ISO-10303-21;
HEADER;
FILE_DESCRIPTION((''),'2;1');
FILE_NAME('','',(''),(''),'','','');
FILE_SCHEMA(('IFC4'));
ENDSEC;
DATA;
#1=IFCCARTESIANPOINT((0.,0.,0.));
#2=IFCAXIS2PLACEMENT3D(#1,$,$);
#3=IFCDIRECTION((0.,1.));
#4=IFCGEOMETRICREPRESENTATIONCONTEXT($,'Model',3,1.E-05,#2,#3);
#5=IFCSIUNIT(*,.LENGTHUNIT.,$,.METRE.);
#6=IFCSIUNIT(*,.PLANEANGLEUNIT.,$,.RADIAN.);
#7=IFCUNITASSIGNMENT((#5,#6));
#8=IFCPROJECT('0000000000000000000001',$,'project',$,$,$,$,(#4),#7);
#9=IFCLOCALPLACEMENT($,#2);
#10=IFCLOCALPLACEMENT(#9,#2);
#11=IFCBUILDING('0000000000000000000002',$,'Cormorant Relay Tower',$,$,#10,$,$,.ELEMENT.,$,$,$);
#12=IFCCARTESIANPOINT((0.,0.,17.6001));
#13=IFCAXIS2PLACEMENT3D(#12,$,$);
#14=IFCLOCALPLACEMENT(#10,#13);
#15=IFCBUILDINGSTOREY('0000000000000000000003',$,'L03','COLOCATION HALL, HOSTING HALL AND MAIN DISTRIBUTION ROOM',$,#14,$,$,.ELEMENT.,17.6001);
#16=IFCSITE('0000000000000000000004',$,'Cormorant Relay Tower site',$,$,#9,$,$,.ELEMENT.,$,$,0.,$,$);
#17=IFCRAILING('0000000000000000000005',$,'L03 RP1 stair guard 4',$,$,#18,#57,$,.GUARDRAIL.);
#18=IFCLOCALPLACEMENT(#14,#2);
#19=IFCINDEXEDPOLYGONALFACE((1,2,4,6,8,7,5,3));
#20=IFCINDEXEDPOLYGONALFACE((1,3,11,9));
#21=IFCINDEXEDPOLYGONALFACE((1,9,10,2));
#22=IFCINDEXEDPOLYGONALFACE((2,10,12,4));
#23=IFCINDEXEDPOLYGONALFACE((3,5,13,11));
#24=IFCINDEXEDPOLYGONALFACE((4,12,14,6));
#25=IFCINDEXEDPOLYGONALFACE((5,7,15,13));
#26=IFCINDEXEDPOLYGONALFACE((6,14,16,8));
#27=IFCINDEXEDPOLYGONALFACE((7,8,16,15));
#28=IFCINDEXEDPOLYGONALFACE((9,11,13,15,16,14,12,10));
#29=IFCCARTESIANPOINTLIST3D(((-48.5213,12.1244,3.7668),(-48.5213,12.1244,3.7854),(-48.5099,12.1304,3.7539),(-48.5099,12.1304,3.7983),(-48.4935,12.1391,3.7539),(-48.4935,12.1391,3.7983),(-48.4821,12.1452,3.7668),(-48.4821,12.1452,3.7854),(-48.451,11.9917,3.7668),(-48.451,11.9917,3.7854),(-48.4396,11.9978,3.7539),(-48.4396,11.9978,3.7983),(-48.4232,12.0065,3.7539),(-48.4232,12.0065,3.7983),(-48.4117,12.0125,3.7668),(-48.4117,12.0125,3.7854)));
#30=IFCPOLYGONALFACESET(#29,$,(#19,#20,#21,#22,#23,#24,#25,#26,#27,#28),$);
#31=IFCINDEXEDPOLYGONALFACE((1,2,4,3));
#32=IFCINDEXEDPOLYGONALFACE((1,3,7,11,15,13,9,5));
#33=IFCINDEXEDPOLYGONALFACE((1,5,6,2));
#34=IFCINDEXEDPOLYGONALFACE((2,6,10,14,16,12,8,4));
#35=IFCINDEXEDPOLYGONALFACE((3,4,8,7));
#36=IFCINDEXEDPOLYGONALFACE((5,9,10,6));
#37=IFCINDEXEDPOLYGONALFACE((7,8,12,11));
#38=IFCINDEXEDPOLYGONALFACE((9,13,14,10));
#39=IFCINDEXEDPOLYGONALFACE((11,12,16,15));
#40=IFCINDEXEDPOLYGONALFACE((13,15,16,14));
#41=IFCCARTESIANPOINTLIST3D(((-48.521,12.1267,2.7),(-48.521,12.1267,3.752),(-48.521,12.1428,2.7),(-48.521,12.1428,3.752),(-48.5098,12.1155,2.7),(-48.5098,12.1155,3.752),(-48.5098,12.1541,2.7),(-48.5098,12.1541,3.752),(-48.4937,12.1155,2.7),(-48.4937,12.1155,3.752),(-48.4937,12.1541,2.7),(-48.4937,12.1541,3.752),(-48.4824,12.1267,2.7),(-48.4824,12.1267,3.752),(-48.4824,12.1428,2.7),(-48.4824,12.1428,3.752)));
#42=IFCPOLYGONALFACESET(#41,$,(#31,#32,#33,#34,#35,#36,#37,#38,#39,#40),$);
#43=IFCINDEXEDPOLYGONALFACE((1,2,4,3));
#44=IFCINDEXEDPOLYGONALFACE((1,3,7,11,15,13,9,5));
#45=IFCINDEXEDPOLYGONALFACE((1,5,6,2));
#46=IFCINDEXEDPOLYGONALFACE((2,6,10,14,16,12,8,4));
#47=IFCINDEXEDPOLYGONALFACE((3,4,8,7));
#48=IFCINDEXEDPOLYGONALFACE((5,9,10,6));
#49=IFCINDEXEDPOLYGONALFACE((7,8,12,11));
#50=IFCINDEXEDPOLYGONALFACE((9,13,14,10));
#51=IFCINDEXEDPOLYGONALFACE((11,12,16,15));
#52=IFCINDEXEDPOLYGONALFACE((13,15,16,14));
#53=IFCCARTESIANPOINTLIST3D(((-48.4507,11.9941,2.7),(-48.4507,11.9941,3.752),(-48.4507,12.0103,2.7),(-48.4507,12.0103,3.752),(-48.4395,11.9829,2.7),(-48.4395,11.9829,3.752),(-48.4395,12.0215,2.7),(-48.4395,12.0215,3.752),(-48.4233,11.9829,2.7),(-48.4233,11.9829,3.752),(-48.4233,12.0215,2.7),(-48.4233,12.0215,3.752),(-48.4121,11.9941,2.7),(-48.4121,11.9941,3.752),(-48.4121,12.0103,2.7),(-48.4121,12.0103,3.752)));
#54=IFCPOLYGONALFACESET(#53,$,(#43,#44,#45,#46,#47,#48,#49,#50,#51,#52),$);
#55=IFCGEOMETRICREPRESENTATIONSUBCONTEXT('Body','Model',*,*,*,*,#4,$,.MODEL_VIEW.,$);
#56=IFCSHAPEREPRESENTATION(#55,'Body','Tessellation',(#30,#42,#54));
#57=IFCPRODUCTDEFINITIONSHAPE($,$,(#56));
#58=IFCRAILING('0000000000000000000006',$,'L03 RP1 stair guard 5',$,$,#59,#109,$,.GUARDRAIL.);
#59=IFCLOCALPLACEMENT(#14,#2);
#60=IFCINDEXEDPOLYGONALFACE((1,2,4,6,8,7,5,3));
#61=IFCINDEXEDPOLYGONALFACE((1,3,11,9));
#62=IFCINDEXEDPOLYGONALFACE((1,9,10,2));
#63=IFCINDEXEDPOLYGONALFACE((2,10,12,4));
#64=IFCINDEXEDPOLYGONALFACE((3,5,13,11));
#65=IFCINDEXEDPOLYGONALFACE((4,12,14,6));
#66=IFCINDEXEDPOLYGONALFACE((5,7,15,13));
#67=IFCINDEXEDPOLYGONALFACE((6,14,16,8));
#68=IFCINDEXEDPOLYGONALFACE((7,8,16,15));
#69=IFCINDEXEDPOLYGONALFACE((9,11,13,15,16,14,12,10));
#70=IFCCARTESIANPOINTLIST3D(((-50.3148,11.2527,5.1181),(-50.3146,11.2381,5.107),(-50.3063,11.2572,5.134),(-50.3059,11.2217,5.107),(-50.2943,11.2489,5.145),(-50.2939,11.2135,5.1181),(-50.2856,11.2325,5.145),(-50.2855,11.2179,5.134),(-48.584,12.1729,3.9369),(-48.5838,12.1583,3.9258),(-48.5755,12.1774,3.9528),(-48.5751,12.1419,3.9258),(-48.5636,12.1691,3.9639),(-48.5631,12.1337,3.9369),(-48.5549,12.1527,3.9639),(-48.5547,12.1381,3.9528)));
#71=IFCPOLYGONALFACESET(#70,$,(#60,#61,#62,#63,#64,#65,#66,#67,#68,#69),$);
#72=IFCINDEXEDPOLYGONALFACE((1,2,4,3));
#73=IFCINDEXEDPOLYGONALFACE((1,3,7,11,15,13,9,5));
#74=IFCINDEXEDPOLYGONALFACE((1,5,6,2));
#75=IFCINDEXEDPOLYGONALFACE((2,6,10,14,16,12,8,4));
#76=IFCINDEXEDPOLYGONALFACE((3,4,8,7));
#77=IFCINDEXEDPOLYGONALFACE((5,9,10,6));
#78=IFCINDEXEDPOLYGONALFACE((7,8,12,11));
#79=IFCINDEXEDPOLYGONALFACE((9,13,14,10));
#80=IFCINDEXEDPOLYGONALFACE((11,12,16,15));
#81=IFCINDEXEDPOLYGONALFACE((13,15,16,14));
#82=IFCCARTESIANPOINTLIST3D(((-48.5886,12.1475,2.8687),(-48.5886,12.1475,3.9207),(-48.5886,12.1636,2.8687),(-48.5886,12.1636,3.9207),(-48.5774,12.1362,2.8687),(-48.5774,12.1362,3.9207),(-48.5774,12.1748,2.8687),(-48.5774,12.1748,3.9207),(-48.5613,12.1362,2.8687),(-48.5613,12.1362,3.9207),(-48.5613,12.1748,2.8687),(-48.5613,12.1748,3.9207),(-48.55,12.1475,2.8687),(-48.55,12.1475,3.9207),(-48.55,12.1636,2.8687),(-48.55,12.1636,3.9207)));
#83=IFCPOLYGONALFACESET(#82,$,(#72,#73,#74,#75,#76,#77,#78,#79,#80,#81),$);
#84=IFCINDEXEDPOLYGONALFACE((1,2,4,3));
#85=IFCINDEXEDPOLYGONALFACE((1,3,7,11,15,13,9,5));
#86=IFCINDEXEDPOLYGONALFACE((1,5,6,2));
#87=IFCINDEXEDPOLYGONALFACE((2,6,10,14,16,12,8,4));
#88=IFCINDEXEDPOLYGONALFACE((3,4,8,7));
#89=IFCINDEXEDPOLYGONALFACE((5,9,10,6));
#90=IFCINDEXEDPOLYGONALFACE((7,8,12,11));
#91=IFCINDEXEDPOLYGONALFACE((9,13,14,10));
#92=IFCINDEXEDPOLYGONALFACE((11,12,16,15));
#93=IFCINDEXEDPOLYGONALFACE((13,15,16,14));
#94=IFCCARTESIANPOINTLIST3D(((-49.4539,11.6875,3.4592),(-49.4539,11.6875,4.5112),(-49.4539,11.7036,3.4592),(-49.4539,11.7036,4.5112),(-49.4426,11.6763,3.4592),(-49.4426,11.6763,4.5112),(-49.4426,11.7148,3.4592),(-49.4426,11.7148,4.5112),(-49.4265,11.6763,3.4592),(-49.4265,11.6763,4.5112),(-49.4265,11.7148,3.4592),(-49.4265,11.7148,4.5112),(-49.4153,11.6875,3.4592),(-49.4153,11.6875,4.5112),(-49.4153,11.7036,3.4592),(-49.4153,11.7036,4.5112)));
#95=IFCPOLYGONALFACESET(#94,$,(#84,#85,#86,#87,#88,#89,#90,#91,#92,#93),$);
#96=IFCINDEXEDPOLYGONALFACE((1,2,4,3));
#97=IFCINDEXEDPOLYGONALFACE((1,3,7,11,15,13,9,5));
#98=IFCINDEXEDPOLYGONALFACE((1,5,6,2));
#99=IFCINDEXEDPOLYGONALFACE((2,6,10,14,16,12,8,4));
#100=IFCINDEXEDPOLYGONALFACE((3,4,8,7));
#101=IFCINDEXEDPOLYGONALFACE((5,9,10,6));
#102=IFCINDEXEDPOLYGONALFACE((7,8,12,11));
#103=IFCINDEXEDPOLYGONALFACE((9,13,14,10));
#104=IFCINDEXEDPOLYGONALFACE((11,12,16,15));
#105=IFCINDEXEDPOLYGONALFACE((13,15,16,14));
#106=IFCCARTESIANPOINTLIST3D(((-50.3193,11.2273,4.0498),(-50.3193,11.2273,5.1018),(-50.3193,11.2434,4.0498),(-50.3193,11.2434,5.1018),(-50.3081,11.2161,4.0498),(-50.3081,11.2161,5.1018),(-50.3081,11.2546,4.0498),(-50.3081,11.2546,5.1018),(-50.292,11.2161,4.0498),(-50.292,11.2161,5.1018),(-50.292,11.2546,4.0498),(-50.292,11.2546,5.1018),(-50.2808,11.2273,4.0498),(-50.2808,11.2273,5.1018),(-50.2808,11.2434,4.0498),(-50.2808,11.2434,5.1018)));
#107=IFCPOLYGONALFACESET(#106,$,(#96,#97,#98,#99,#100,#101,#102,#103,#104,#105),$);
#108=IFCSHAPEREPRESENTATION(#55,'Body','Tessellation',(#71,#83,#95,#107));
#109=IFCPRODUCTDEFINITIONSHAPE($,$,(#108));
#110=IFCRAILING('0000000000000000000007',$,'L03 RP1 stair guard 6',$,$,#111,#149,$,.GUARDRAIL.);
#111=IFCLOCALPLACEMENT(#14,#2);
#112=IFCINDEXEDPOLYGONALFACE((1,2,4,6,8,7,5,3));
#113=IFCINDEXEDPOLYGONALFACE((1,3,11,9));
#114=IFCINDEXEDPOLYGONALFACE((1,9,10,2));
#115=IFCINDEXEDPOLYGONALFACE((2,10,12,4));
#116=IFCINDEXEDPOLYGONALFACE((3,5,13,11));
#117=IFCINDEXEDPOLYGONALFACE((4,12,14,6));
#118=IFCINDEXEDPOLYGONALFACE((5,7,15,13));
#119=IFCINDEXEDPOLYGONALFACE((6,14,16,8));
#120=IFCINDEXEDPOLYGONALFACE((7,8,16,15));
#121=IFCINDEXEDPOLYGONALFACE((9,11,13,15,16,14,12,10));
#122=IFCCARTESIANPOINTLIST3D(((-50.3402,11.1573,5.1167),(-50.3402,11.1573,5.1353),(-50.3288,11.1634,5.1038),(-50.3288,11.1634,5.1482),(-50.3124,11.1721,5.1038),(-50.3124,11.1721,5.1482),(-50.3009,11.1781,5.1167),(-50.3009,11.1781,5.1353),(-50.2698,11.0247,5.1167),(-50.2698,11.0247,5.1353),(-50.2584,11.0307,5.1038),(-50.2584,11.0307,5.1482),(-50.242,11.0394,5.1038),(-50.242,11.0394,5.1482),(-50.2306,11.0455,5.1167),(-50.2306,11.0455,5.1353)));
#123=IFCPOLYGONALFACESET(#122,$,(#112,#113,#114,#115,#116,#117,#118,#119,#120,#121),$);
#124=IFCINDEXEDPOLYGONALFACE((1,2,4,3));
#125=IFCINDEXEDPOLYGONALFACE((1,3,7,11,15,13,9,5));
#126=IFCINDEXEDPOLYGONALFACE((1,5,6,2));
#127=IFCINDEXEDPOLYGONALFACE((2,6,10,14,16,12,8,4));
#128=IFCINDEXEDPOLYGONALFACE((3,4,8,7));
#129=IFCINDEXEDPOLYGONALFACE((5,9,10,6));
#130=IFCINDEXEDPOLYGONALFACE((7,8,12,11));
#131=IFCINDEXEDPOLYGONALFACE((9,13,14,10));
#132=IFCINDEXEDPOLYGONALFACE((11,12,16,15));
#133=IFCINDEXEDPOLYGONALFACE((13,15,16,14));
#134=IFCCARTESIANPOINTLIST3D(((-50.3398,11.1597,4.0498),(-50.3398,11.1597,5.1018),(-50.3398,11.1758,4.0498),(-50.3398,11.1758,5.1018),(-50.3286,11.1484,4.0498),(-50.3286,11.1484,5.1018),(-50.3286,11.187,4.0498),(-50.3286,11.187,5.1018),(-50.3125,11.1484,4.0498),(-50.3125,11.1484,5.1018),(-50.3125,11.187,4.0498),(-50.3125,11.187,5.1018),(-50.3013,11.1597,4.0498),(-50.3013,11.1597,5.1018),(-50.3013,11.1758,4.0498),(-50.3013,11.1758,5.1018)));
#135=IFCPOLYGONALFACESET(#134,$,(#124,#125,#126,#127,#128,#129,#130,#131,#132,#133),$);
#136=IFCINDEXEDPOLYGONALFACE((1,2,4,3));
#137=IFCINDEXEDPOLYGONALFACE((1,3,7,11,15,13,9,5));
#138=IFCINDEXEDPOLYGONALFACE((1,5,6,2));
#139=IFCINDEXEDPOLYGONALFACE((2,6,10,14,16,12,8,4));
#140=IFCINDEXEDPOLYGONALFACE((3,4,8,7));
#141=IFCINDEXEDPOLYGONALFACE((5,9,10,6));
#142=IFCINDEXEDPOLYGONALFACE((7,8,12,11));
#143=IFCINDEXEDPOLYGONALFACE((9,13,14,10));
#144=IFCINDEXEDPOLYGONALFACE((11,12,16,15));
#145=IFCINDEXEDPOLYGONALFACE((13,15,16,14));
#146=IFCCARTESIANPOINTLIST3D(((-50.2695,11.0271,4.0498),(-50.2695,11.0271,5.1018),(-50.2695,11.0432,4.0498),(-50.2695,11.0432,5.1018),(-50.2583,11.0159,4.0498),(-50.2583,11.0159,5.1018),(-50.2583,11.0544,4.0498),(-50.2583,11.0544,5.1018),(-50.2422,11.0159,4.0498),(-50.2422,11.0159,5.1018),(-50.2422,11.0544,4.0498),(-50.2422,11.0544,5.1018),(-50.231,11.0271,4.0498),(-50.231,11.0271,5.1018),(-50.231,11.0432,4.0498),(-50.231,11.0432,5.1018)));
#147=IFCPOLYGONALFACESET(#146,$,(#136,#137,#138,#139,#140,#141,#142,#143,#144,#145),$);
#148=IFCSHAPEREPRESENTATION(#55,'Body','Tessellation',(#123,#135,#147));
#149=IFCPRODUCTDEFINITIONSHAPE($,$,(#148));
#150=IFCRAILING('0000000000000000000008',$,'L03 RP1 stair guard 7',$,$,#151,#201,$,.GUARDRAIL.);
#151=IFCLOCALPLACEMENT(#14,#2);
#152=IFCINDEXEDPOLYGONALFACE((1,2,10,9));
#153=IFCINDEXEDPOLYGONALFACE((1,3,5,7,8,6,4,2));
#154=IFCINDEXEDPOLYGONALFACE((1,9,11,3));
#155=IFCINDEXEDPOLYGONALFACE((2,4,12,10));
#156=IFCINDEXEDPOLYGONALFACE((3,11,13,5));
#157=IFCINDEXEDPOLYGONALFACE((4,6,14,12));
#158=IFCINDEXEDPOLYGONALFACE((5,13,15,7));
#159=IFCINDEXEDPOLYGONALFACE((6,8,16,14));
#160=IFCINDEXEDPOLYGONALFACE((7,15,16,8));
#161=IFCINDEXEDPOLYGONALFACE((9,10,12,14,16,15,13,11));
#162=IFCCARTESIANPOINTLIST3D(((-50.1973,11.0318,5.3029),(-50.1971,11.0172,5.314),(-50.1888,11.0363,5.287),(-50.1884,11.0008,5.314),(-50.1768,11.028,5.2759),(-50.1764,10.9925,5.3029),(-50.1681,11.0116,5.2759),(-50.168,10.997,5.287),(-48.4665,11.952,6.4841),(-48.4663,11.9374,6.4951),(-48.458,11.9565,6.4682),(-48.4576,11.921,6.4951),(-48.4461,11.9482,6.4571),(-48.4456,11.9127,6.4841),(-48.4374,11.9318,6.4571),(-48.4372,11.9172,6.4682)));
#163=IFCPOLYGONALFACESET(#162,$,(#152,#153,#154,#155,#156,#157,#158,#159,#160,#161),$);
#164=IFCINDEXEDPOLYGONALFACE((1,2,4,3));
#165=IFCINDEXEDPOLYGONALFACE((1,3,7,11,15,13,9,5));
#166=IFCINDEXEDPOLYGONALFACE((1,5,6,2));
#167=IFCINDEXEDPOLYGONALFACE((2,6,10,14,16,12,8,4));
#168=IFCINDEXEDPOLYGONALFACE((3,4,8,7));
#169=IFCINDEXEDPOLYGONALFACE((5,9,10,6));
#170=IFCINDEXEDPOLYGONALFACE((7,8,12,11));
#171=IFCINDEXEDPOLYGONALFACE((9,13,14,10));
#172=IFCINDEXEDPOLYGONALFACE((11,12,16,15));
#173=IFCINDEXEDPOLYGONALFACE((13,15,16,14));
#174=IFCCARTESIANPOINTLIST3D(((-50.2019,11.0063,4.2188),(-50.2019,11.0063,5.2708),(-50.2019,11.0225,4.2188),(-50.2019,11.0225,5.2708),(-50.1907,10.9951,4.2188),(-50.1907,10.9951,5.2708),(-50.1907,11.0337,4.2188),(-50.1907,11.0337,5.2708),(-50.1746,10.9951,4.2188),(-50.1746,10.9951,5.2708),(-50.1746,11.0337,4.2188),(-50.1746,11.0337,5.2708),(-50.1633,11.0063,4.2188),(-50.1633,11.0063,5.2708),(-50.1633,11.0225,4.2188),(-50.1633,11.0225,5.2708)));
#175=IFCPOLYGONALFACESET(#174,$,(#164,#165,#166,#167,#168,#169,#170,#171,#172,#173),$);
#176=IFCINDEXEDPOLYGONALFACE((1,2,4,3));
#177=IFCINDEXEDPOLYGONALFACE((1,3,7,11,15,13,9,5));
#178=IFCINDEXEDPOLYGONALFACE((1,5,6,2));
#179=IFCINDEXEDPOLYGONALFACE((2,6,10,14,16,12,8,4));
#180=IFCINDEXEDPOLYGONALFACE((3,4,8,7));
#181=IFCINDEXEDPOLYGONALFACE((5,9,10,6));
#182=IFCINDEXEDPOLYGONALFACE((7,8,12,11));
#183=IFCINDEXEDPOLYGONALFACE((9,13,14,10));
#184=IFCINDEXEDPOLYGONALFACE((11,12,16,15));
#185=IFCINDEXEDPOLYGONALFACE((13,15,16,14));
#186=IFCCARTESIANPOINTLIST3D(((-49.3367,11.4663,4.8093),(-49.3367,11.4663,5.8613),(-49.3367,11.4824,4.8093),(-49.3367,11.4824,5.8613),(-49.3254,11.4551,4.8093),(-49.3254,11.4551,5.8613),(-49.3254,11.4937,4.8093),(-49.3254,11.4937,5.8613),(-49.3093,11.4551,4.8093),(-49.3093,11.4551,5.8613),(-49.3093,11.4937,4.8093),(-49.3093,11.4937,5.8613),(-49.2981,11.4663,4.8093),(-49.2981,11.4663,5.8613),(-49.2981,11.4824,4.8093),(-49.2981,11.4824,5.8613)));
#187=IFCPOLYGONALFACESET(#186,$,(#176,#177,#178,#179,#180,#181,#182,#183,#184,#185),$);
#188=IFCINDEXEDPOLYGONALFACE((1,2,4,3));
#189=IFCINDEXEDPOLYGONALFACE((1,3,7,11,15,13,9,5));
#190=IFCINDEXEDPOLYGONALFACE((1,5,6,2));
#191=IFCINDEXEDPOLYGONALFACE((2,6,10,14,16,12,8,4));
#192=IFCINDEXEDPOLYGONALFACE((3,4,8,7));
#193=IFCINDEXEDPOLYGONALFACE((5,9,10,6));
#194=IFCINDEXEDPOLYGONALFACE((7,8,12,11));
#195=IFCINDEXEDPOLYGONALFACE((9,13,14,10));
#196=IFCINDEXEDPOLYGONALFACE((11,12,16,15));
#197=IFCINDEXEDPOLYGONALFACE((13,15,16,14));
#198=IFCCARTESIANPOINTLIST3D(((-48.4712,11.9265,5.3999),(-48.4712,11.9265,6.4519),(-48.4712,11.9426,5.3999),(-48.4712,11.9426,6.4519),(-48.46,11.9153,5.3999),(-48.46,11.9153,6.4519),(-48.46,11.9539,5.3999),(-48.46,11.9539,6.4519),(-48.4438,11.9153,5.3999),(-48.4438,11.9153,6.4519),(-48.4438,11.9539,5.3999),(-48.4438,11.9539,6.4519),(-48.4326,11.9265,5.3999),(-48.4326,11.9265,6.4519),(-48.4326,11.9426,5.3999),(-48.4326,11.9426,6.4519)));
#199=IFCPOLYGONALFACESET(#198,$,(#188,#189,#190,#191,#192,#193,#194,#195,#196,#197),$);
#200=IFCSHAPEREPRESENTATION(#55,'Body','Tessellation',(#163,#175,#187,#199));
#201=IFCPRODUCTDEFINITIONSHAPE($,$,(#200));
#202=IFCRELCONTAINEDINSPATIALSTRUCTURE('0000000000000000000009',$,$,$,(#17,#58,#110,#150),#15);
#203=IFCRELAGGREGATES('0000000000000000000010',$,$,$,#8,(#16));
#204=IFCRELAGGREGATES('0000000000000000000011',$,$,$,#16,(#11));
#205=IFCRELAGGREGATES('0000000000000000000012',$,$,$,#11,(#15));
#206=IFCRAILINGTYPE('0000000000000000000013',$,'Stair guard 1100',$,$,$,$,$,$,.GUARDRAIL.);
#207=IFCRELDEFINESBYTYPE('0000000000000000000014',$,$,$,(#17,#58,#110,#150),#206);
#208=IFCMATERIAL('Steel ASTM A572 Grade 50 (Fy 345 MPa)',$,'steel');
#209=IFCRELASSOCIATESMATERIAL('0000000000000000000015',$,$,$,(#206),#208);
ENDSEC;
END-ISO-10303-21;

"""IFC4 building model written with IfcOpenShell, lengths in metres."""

from ifc_helpers import new_model, si_unit, direction, frame, origin, place, context, subcontext, project, spatial, polyline, outline, extrude, material, type_object, element, save


model = new_model("IFC4")

# Units and contexts
model_context = context("Model", 3, precision=1e-05, world=origin(), true_north=direction((0.0, 1.0)))
body_context = subcontext(model_context, "Body", "Model", "MODEL_VIEW")
ifc_project = project(units=[si_unit("LENGTHUNIT", "METRE"), si_unit("PLANEANGLEUNIT", "RADIAN")], contexts=[model_context])

# Site, building, storey
site_placement = place(None, origin())
site = spatial("IfcSite", under=ifc_project, at=site_placement, Name="Cormorant Relay Tower site", CompositionType="ELEMENT", RefElevation=0.0)
building_placement = place(site_placement, origin())
building = spatial("IfcBuilding", under=site, at=building_placement, Name="Cormorant Relay Tower", CompositionType="ELEMENT")
storey_placement = place(building_placement, frame((0.0, 0.0, 17.6001)))
storey = spatial("IfcBuildingStorey", under=building, at=storey_placement, Name="L03", Description="COLOCATION HALL, HOSTING HALL AND MAIN DISTRIBUTION ROOM", CompositionType="ELEMENT", Elevation=17.6001)

# Railings
ifc_material_1 = material(Name="Steel ASTM A572 Grade 50 (Fy 345 MPa)", Category="steel")
railing_type_1 = type_object("IfcRailingType", Name="Stair guard 1100", PredefinedType="GUARDRAIL", material=ifc_material_1)
railing_1_placement = place(storey_placement, frame((-48.5017, 12.1348, 2.7)))
element("IfcRailing", 1, at=railing_1_placement, inside=storey, type_object=railing_type_1, Name="L03 RP1 stair guard 4", PredefinedType="GUARDRAIL", context=body_context, shape_type="SweptSolid", body=[
    extrude(outline(polyline([(0.0222, 0.0093), (0.0093, 0.0222), (-0.0093, 0.0222), (-0.0222, 0.0093), (-0.0222, -0.0093), (-0.0093, -0.0222), (0.0093, -0.0222), (0.0222, -0.0093), (0.0222, 0.0093)])), frame((0.0, 0.0, 1.0762), z_axis=(0.46856, -0.883431, 0.0), x_axis=(0.883431, 0.46856, 0.0)), (0.0, 0.0, 1.0), 0.1501),
    extrude(outline(polyline([(0.0193, 0.0081), (0.0081, 0.0193), (-0.0081, 0.0193), (-0.0193, 0.0081), (-0.0193, -0.0081), (-0.0081, -0.0193), (0.0081, -0.0193), (0.0193, -0.0081), (0.0193, 0.0081)])), origin(), (0.0, 0.0, 1.0), 1.052),
    extrude(outline(polyline([(0.0193, 0.0081), (0.0081, 0.0193), (-0.0081, 0.0193), (-0.0193, 0.0081), (-0.0193, -0.0081), (-0.0081, -0.0193), (0.0081, -0.0193), (0.0193, -0.0081), (0.0193, 0.0081)])), frame((0.0703, -0.1326, 0.0)), (0.0, 0.0, 1.0), 1.052),
])
railing_2_placement = place(storey_placement, frame((-48.5693, 12.1555, 2.8687)))
element("IfcRailing", 2, at=railing_2_placement, inside=storey, type_object=railing_type_1, Name="L03 RP1 stair guard 5", PredefinedType="GUARDRAIL", context=body_context, shape_type="SweptSolid", body=[
    extrude(outline(polyline([(0.0222, 0.0093), (0.0093, 0.0222), (-0.0093, 0.0222), (-0.0222, 0.0093), (-0.0222, -0.0093), (-0.0093, -0.0222), (0.0093, -0.0222), (0.0222, -0.0093), (0.0222, 0.0093)])), frame((0.0, 0.0, 1.0762), z_axis=(-0.756268, -0.402084, 0.516127), x_axis=(0.469444, -0.882962, 0.0)), (0.0, 0.0, 1.0), 2.2886),
    extrude(outline(polyline([(0.0193, 0.0081), (0.0081, 0.0193), (-0.0081, 0.0193), (-0.0193, 0.0081), (-0.0193, -0.0081), (-0.0081, -0.0193), (0.0081, -0.0193), (0.0193, -0.0081), (0.0193, 0.0081)])), origin(), (0.0, 0.0, 1.0), 1.052),
    extrude(outline(polyline([(0.0193, 0.0081), (0.0081, 0.0193), (-0.0081, 0.0193), (-0.0193, 0.0081), (-0.0193, -0.0081), (-0.0081, -0.0193), (0.0081, -0.0193), (0.0193, -0.0081), (0.0193, 0.0081)])), frame((-0.8652, -0.46, 0.5906)), (0.0, 0.0, 1.0), 1.052),
    extrude(outline(polyline([(0.0193, 0.0081), (0.0081, 0.0193), (-0.0081, 0.0193), (-0.0193, 0.0081), (-0.0193, -0.0081), (-0.0081, -0.0193), (0.0081, -0.0193), (0.0193, -0.0081), (0.0193, 0.0081)])), frame((-1.7307, -0.9202, 1.1812)), (0.0, 0.0, 1.0), 1.052),
])
railing_3_placement = place(storey_placement, frame((-50.3206, 11.1677, 4.0498)))
element("IfcRailing", 3, at=railing_3_placement, inside=storey, type_object=railing_type_1, Name="L03 RP1 stair guard 6", PredefinedType="GUARDRAIL", context=body_context, shape_type="SweptSolid", body=[
    extrude(outline(polyline([(0.0222, 0.0093), (0.0093, 0.0222), (-0.0093, 0.0222), (-0.0222, 0.0093), (-0.0222, -0.0093), (-0.0093, -0.0222), (0.0093, -0.0222), (0.0222, -0.0093), (0.0222, 0.0093)])), frame((0.0, 0.0, 1.0762), z_axis=(0.46856, -0.883431, 0.0), x_axis=(0.883431, 0.46856, 0.0)), (0.0, 0.0, 1.0), 0.1501),
    extrude(outline(polyline([(0.0193, 0.0081), (0.0081, 0.0193), (-0.0081, 0.0193), (-0.0193, 0.0081), (-0.0193, -0.0081), (-0.0081, -0.0193), (0.0081, -0.0193), (0.0193, -0.0081), (0.0193, 0.0081)])), origin(), (0.0, 0.0, 1.0), 1.052),
    extrude(outline(polyline([(0.0193, 0.0081), (0.0081, 0.0193), (-0.0081, 0.0193), (-0.0193, 0.0081), (-0.0193, -0.0081), (-0.0081, -0.0193), (0.0081, -0.0193), (0.0193, -0.0081), (0.0193, 0.0081)])), frame((0.0703, -0.1326, 0.0)), (0.0, 0.0, 1.0), 1.052),
])
railing_4_placement = place(storey_placement, frame((-50.1826, 11.0144, 4.2188)))
element("IfcRailing", 4, at=railing_4_placement, inside=storey, type_object=railing_type_1, Name="L03 RP1 stair guard 7", PredefinedType="GUARDRAIL", context=body_context, shape_type="SweptSolid", body=[
    extrude(outline(polyline([(0.0222, 0.0093), (0.0093, 0.0222), (-0.0093, 0.0222), (-0.0222, 0.0093), (-0.0222, -0.0093), (-0.0093, -0.0222), (0.0093, -0.0222), (0.0222, -0.0093), (0.0222, 0.0093)])), frame((0.0, 0.0, 1.0762), z_axis=(0.756268, 0.402084, 0.516127), x_axis=(-0.469444, 0.882962, 0.0)), (0.0, 0.0, 1.0), 2.2886),
    extrude(outline(polyline([(0.0193, 0.0081), (0.0081, 0.0193), (-0.0081, 0.0193), (-0.0193, 0.0081), (-0.0193, -0.0081), (-0.0081, -0.0193), (0.0081, -0.0193), (0.0193, -0.0081), (0.0193, 0.0081)])), origin(), (0.0, 0.0, 1.0), 1.052),
    extrude(outline(polyline([(0.0193, 0.0081), (0.0081, 0.0193), (-0.0081, 0.0193), (-0.0193, 0.0081), (-0.0193, -0.0081), (-0.0081, -0.0193), (0.0081, -0.0193), (0.0193, -0.0081), (0.0193, 0.0081)])), frame((0.8652, 0.46, 0.5906)), (0.0, 0.0, 1.0), 1.052),
    extrude(outline(polyline([(0.0193, 0.0081), (0.0081, 0.0193), (-0.0081, 0.0193), (-0.0193, 0.0081), (-0.0193, -0.0081), (-0.0081, -0.0193), (0.0081, -0.0193), (0.0193, -0.0081), (0.0193, 0.0081)])), frame((1.7307, 0.9202, 1.1812)), (0.0, 0.0, 1.0), 1.052),
])

save(model, "model.ifc")
